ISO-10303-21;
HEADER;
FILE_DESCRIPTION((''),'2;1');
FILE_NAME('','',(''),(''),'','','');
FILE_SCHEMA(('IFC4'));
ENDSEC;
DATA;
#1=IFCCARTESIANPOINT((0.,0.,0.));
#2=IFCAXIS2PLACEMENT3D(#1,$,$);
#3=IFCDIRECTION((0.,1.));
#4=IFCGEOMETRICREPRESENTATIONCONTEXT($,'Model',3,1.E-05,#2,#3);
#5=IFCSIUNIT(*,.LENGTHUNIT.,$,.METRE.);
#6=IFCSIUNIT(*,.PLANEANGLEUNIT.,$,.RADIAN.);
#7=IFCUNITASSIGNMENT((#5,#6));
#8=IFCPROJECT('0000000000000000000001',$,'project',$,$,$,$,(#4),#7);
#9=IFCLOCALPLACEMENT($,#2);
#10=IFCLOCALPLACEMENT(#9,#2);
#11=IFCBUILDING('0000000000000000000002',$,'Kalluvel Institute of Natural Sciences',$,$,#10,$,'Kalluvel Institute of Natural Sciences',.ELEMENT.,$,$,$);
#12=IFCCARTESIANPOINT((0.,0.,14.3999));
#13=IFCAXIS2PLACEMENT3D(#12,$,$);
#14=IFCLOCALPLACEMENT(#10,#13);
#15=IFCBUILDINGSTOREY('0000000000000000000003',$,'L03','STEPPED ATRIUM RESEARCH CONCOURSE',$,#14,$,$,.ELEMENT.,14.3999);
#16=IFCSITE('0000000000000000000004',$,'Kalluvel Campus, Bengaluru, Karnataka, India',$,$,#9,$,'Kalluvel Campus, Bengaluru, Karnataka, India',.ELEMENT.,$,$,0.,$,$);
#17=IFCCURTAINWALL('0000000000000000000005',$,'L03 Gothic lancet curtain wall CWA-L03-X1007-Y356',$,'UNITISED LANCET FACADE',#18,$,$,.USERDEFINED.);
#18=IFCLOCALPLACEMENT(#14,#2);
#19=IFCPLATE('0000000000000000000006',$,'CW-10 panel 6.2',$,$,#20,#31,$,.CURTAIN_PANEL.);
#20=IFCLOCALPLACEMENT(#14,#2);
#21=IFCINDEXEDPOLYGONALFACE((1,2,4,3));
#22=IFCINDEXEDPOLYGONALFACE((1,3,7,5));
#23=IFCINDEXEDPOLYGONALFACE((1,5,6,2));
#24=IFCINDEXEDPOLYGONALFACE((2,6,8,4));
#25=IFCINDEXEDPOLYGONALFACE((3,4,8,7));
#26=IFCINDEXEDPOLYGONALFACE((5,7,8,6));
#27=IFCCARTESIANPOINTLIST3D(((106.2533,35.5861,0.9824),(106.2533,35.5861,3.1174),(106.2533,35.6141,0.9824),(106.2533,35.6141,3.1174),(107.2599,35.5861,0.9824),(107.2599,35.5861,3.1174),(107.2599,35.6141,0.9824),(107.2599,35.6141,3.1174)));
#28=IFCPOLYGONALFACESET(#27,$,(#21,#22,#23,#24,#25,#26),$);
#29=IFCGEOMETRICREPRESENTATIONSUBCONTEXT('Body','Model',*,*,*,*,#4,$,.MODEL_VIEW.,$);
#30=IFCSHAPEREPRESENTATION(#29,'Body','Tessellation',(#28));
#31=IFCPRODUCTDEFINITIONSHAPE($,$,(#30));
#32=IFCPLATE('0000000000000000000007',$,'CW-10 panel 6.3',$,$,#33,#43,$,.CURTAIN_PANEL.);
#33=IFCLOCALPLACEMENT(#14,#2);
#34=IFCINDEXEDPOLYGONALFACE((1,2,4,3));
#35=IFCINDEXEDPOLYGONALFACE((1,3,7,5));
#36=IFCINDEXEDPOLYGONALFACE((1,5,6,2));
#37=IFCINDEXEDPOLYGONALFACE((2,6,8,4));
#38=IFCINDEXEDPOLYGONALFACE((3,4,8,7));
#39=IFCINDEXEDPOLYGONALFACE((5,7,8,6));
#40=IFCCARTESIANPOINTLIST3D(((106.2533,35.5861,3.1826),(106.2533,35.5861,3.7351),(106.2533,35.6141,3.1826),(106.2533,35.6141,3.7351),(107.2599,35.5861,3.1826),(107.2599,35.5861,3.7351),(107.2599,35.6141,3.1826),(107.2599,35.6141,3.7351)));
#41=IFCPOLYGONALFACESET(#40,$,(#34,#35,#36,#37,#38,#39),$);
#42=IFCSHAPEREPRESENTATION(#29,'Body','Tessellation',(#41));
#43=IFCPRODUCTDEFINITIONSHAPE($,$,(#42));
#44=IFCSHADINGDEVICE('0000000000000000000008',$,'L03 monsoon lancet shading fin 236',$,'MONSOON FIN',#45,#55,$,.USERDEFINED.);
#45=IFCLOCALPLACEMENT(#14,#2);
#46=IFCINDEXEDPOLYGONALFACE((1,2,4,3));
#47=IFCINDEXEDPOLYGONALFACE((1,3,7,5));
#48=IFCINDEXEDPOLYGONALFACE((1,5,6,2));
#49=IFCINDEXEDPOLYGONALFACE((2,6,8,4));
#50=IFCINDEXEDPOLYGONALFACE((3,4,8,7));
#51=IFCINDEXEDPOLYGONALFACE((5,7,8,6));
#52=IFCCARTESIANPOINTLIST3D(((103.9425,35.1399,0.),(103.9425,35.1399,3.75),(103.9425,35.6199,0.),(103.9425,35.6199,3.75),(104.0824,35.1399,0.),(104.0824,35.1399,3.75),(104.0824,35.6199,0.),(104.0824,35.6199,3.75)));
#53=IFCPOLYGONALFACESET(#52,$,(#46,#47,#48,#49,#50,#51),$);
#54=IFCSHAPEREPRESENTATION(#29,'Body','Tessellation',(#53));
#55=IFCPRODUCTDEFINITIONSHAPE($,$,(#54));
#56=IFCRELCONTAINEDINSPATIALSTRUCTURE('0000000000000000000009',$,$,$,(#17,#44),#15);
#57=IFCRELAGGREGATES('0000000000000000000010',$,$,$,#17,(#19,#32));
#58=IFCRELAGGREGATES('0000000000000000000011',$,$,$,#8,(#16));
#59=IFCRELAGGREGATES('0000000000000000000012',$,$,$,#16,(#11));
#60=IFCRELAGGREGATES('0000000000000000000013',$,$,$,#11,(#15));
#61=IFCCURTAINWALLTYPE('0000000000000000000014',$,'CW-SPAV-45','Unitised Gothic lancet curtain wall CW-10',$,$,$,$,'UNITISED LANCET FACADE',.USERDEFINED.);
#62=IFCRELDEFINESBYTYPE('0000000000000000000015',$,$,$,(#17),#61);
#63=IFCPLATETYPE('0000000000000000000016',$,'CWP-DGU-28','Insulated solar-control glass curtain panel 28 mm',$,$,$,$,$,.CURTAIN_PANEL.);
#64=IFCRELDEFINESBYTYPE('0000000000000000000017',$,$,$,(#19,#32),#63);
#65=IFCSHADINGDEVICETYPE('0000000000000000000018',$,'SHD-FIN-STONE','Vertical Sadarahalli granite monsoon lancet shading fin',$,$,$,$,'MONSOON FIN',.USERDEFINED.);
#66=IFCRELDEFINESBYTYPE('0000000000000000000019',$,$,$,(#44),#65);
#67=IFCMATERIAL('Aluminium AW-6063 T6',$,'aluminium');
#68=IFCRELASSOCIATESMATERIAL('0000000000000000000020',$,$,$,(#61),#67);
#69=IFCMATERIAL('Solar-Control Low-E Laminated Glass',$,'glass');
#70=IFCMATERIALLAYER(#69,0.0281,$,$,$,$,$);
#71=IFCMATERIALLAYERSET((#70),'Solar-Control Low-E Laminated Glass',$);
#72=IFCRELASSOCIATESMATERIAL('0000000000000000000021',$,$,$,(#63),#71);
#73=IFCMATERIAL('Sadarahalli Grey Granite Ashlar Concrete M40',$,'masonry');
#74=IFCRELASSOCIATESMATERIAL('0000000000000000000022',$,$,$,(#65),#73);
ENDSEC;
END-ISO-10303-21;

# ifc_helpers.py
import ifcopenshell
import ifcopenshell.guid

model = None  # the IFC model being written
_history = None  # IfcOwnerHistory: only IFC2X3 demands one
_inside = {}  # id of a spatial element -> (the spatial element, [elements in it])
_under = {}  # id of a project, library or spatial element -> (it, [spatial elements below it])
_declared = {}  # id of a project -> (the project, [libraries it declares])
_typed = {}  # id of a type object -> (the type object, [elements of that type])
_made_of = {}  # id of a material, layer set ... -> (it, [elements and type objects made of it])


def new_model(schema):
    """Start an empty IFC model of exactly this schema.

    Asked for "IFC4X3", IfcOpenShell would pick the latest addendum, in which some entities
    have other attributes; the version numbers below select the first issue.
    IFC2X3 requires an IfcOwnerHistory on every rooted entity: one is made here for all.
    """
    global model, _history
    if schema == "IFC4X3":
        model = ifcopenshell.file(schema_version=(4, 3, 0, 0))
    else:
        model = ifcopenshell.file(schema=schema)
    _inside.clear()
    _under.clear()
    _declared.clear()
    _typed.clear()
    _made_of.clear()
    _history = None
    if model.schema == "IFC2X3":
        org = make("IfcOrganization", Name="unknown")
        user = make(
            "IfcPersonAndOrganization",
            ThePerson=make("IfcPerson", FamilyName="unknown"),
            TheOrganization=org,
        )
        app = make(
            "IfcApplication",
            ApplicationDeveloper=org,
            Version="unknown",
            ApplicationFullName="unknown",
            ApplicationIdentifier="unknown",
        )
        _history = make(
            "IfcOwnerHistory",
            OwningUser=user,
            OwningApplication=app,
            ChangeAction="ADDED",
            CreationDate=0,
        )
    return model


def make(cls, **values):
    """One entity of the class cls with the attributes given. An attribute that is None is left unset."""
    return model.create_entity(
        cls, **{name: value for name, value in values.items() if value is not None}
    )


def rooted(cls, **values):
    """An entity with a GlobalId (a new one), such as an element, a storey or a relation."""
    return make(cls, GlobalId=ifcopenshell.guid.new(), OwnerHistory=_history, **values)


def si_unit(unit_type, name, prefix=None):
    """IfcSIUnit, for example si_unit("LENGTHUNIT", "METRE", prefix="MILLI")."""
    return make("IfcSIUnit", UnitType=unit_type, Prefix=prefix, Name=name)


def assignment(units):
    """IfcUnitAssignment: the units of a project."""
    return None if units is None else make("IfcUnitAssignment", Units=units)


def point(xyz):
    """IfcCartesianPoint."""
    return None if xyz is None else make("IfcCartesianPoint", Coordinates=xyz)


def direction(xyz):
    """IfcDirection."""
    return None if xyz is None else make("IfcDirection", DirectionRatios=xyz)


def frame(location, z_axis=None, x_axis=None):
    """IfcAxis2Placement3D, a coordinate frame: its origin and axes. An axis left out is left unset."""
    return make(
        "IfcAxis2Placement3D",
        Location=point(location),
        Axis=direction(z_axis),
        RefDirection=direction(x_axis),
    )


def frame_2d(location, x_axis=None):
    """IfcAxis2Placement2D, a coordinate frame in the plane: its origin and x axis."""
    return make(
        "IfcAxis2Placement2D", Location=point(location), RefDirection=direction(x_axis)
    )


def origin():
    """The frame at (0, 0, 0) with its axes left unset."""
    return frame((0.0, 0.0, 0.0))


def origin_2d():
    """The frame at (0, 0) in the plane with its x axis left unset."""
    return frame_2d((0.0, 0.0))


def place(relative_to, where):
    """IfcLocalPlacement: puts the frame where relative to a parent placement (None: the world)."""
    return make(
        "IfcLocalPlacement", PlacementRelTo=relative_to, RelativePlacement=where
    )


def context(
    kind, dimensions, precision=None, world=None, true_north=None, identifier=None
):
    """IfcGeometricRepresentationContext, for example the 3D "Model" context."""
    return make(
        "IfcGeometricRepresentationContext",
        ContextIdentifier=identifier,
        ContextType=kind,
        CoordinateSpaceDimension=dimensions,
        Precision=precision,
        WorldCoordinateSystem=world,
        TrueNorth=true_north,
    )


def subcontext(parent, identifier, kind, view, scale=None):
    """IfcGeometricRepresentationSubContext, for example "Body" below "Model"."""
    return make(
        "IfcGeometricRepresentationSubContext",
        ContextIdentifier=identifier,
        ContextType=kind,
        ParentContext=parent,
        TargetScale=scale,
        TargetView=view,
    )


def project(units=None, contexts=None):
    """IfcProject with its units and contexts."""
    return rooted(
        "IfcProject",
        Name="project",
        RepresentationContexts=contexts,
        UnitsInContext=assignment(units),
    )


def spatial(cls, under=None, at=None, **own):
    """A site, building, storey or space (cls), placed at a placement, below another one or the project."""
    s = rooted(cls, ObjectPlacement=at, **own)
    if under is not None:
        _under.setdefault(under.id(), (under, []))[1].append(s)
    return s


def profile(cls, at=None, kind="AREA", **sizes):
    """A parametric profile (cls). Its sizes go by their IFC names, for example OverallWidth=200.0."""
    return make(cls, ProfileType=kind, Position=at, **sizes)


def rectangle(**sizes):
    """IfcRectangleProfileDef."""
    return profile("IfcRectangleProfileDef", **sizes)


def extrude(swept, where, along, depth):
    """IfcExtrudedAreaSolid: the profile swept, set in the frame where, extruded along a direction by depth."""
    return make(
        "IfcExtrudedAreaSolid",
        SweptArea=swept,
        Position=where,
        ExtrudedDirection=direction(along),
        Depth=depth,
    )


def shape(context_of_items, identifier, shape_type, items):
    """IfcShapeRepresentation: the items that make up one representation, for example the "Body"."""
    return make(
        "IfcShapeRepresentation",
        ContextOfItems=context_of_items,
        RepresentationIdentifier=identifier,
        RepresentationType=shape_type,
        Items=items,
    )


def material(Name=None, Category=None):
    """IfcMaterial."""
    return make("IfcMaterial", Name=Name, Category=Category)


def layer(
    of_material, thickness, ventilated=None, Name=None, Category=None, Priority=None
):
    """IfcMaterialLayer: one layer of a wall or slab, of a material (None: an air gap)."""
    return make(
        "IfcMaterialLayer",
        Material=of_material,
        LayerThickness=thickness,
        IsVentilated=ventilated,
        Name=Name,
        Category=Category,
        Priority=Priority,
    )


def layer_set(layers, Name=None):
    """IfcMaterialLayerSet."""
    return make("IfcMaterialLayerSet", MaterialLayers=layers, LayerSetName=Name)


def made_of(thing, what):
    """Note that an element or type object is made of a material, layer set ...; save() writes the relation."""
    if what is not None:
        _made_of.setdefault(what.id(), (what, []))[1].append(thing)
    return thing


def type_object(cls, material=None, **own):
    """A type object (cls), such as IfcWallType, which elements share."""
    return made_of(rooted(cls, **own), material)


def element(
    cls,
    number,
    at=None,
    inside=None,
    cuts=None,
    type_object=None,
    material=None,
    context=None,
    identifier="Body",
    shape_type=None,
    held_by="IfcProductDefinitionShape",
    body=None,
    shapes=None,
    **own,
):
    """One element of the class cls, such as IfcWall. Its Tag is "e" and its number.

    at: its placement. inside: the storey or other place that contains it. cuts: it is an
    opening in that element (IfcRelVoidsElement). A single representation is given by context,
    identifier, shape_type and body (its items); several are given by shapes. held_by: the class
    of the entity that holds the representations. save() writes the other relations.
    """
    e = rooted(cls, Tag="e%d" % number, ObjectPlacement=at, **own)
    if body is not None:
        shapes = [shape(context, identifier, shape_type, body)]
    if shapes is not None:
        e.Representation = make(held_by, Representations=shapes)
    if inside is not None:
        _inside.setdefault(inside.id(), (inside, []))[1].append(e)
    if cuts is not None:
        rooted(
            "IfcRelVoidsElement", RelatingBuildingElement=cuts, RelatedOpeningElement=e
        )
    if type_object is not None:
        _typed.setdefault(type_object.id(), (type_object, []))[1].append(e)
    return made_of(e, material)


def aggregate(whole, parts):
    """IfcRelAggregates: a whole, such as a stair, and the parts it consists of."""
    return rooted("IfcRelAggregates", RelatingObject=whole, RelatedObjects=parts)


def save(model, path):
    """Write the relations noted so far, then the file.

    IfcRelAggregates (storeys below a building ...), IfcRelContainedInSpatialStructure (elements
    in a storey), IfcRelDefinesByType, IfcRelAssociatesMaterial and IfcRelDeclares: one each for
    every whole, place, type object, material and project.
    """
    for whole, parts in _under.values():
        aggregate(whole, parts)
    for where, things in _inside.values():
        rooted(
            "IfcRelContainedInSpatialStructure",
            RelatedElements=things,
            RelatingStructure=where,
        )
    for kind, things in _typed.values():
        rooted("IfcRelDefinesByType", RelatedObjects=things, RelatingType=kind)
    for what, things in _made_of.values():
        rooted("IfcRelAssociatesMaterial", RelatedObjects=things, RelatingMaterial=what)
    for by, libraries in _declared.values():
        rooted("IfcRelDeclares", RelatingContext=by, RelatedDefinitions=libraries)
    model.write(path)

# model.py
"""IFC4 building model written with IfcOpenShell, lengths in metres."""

from ifc_helpers import new_model, si_unit, direction, frame, origin, origin_2d, place, context, subcontext, project, spatial, rectangle, extrude, material, layer, layer_set, type_object, element, aggregate, save


model = new_model("IFC4")

# Units and contexts
model_context = context("Model", 3, precision=1e-05, world=origin(), true_north=direction((0.0, 1.0)))
body_context = subcontext(model_context, "Body", "Model", "MODEL_VIEW")
ifc_project = project(units=[si_unit("LENGTHUNIT", "METRE"), si_unit("PLANEANGLEUNIT", "RADIAN")], contexts=[model_context])

# Site, building, storey
site_placement = place(None, origin())
site = spatial("IfcSite", under=ifc_project, at=site_placement, Name="Kalluvel Campus, Bengaluru, Karnataka, India", LongName="Kalluvel Campus, Bengaluru, Karnataka, India", CompositionType="ELEMENT", RefElevation=0.0)
building_placement = place(site_placement, origin())
building = spatial("IfcBuilding", under=site, at=building_placement, Name="Kalluvel Institute of Natural Sciences", LongName="Kalluvel Institute of Natural Sciences", CompositionType="ELEMENT")
storey_placement = place(building_placement, frame((0.0, 0.0, 14.3999)))
storey = spatial("IfcBuildingStorey", under=building, at=storey_placement, Name="L03", Description="STEPPED ATRIUM RESEARCH CONCOURSE", CompositionType="ELEMENT", Elevation=14.3999)

# Curtain wall, plates
ifc_material_1 = material(Name="Aluminium AW-6063 T6", Category="aluminium")
curtain_wall_type = type_object("IfcCurtainWallType", Name="CW-SPAV-45", Description="Unitised Gothic lancet curtain wall CW-10", ElementType="UNITISED LANCET FACADE", PredefinedType="USERDEFINED", material=ifc_material_1)
curtain_wall_placement = place(storey_placement, origin())
curtain_wall = element("IfcCurtainWall", 1, at=curtain_wall_placement, inside=storey, type_object=curtain_wall_type, Name="L03 Gothic lancet curtain wall CWA-L03-X1007-Y356", ObjectType="UNITISED LANCET FACADE", PredefinedType="USERDEFINED")
ifc_material_2 = material(Name="Solar-Control Low-E Laminated Glass", Category="glass")
ifc_layer = layer(ifc_material_2, 0.0281)
ifc_layer_set = layer_set([ifc_layer], Name="Solar-Control Low-E Laminated Glass")
plate_type = type_object("IfcPlateType", Name="CWP-DGU-28", Description="Insulated solar-control glass curtain panel 28 mm", PredefinedType="CURTAIN_PANEL", material=ifc_layer_set)
plate_1_placement = place(storey_placement, frame((106.7566, 35.6001, 0.9824), z_axis=(0.0, 0.0, 1.0), x_axis=(1.0, 0.0, 0.0)))
plate_1 = element("IfcPlate", 2, at=plate_1_placement, type_object=plate_type, Name="CW-10 panel 6.2", PredefinedType="CURTAIN_PANEL", context=body_context, shape_type="SweptSolid", body=[
    extrude(rectangle(XDim=1.0066, YDim=0.0281, at=origin_2d()), origin(), (0.0, 0.0, 1.0), 2.135),
])
plate_2_placement = place(storey_placement, frame((106.7566, 35.6001, 3.1826), z_axis=(0.0, 0.0, 1.0), x_axis=(1.0, 0.0, 0.0)))
plate_2 = element("IfcPlate", 3, at=plate_2_placement, type_object=plate_type, Name="CW-10 panel 6.3", PredefinedType="CURTAIN_PANEL", context=body_context, shape_type="SweptSolid", body=[
    extrude(rectangle(XDim=1.0066, YDim=0.0281, at=origin_2d()), origin(), (0.0, 0.0, 1.0), 0.5525),
])
aggregate(curtain_wall, [plate_1, plate_2])

# Shading device
ifc_material_3 = material(Name="Sadarahalli Grey Granite Ashlar Concrete M40", Category="masonry")
shading_device_type = type_object("IfcShadingDeviceType", Name="SHD-FIN-STONE", Description="Vertical Sadarahalli granite monsoon lancet shading fin", ElementType="MONSOON FIN", PredefinedType="USERDEFINED", material=ifc_material_3)
shading_device_placement = place(storey_placement, frame((104.0125, 35.3799, 0.0), z_axis=(0.0, 0.0, 1.0), x_axis=(1.0, 0.0, 0.0)))
element("IfcShadingDevice", 4, at=shading_device_placement, inside=storey, type_object=shading_device_type, Name="L03 monsoon lancet shading fin 236", ObjectType="MONSOON FIN", PredefinedType="USERDEFINED", context=body_context, shape_type="SweptSolid", body=[
    extrude(rectangle(XDim=0.1399, YDim=0.48, at=origin_2d()), origin(), (0.0, 0.0, 1.0), 3.75),
])

save(model, "model.ifc")
